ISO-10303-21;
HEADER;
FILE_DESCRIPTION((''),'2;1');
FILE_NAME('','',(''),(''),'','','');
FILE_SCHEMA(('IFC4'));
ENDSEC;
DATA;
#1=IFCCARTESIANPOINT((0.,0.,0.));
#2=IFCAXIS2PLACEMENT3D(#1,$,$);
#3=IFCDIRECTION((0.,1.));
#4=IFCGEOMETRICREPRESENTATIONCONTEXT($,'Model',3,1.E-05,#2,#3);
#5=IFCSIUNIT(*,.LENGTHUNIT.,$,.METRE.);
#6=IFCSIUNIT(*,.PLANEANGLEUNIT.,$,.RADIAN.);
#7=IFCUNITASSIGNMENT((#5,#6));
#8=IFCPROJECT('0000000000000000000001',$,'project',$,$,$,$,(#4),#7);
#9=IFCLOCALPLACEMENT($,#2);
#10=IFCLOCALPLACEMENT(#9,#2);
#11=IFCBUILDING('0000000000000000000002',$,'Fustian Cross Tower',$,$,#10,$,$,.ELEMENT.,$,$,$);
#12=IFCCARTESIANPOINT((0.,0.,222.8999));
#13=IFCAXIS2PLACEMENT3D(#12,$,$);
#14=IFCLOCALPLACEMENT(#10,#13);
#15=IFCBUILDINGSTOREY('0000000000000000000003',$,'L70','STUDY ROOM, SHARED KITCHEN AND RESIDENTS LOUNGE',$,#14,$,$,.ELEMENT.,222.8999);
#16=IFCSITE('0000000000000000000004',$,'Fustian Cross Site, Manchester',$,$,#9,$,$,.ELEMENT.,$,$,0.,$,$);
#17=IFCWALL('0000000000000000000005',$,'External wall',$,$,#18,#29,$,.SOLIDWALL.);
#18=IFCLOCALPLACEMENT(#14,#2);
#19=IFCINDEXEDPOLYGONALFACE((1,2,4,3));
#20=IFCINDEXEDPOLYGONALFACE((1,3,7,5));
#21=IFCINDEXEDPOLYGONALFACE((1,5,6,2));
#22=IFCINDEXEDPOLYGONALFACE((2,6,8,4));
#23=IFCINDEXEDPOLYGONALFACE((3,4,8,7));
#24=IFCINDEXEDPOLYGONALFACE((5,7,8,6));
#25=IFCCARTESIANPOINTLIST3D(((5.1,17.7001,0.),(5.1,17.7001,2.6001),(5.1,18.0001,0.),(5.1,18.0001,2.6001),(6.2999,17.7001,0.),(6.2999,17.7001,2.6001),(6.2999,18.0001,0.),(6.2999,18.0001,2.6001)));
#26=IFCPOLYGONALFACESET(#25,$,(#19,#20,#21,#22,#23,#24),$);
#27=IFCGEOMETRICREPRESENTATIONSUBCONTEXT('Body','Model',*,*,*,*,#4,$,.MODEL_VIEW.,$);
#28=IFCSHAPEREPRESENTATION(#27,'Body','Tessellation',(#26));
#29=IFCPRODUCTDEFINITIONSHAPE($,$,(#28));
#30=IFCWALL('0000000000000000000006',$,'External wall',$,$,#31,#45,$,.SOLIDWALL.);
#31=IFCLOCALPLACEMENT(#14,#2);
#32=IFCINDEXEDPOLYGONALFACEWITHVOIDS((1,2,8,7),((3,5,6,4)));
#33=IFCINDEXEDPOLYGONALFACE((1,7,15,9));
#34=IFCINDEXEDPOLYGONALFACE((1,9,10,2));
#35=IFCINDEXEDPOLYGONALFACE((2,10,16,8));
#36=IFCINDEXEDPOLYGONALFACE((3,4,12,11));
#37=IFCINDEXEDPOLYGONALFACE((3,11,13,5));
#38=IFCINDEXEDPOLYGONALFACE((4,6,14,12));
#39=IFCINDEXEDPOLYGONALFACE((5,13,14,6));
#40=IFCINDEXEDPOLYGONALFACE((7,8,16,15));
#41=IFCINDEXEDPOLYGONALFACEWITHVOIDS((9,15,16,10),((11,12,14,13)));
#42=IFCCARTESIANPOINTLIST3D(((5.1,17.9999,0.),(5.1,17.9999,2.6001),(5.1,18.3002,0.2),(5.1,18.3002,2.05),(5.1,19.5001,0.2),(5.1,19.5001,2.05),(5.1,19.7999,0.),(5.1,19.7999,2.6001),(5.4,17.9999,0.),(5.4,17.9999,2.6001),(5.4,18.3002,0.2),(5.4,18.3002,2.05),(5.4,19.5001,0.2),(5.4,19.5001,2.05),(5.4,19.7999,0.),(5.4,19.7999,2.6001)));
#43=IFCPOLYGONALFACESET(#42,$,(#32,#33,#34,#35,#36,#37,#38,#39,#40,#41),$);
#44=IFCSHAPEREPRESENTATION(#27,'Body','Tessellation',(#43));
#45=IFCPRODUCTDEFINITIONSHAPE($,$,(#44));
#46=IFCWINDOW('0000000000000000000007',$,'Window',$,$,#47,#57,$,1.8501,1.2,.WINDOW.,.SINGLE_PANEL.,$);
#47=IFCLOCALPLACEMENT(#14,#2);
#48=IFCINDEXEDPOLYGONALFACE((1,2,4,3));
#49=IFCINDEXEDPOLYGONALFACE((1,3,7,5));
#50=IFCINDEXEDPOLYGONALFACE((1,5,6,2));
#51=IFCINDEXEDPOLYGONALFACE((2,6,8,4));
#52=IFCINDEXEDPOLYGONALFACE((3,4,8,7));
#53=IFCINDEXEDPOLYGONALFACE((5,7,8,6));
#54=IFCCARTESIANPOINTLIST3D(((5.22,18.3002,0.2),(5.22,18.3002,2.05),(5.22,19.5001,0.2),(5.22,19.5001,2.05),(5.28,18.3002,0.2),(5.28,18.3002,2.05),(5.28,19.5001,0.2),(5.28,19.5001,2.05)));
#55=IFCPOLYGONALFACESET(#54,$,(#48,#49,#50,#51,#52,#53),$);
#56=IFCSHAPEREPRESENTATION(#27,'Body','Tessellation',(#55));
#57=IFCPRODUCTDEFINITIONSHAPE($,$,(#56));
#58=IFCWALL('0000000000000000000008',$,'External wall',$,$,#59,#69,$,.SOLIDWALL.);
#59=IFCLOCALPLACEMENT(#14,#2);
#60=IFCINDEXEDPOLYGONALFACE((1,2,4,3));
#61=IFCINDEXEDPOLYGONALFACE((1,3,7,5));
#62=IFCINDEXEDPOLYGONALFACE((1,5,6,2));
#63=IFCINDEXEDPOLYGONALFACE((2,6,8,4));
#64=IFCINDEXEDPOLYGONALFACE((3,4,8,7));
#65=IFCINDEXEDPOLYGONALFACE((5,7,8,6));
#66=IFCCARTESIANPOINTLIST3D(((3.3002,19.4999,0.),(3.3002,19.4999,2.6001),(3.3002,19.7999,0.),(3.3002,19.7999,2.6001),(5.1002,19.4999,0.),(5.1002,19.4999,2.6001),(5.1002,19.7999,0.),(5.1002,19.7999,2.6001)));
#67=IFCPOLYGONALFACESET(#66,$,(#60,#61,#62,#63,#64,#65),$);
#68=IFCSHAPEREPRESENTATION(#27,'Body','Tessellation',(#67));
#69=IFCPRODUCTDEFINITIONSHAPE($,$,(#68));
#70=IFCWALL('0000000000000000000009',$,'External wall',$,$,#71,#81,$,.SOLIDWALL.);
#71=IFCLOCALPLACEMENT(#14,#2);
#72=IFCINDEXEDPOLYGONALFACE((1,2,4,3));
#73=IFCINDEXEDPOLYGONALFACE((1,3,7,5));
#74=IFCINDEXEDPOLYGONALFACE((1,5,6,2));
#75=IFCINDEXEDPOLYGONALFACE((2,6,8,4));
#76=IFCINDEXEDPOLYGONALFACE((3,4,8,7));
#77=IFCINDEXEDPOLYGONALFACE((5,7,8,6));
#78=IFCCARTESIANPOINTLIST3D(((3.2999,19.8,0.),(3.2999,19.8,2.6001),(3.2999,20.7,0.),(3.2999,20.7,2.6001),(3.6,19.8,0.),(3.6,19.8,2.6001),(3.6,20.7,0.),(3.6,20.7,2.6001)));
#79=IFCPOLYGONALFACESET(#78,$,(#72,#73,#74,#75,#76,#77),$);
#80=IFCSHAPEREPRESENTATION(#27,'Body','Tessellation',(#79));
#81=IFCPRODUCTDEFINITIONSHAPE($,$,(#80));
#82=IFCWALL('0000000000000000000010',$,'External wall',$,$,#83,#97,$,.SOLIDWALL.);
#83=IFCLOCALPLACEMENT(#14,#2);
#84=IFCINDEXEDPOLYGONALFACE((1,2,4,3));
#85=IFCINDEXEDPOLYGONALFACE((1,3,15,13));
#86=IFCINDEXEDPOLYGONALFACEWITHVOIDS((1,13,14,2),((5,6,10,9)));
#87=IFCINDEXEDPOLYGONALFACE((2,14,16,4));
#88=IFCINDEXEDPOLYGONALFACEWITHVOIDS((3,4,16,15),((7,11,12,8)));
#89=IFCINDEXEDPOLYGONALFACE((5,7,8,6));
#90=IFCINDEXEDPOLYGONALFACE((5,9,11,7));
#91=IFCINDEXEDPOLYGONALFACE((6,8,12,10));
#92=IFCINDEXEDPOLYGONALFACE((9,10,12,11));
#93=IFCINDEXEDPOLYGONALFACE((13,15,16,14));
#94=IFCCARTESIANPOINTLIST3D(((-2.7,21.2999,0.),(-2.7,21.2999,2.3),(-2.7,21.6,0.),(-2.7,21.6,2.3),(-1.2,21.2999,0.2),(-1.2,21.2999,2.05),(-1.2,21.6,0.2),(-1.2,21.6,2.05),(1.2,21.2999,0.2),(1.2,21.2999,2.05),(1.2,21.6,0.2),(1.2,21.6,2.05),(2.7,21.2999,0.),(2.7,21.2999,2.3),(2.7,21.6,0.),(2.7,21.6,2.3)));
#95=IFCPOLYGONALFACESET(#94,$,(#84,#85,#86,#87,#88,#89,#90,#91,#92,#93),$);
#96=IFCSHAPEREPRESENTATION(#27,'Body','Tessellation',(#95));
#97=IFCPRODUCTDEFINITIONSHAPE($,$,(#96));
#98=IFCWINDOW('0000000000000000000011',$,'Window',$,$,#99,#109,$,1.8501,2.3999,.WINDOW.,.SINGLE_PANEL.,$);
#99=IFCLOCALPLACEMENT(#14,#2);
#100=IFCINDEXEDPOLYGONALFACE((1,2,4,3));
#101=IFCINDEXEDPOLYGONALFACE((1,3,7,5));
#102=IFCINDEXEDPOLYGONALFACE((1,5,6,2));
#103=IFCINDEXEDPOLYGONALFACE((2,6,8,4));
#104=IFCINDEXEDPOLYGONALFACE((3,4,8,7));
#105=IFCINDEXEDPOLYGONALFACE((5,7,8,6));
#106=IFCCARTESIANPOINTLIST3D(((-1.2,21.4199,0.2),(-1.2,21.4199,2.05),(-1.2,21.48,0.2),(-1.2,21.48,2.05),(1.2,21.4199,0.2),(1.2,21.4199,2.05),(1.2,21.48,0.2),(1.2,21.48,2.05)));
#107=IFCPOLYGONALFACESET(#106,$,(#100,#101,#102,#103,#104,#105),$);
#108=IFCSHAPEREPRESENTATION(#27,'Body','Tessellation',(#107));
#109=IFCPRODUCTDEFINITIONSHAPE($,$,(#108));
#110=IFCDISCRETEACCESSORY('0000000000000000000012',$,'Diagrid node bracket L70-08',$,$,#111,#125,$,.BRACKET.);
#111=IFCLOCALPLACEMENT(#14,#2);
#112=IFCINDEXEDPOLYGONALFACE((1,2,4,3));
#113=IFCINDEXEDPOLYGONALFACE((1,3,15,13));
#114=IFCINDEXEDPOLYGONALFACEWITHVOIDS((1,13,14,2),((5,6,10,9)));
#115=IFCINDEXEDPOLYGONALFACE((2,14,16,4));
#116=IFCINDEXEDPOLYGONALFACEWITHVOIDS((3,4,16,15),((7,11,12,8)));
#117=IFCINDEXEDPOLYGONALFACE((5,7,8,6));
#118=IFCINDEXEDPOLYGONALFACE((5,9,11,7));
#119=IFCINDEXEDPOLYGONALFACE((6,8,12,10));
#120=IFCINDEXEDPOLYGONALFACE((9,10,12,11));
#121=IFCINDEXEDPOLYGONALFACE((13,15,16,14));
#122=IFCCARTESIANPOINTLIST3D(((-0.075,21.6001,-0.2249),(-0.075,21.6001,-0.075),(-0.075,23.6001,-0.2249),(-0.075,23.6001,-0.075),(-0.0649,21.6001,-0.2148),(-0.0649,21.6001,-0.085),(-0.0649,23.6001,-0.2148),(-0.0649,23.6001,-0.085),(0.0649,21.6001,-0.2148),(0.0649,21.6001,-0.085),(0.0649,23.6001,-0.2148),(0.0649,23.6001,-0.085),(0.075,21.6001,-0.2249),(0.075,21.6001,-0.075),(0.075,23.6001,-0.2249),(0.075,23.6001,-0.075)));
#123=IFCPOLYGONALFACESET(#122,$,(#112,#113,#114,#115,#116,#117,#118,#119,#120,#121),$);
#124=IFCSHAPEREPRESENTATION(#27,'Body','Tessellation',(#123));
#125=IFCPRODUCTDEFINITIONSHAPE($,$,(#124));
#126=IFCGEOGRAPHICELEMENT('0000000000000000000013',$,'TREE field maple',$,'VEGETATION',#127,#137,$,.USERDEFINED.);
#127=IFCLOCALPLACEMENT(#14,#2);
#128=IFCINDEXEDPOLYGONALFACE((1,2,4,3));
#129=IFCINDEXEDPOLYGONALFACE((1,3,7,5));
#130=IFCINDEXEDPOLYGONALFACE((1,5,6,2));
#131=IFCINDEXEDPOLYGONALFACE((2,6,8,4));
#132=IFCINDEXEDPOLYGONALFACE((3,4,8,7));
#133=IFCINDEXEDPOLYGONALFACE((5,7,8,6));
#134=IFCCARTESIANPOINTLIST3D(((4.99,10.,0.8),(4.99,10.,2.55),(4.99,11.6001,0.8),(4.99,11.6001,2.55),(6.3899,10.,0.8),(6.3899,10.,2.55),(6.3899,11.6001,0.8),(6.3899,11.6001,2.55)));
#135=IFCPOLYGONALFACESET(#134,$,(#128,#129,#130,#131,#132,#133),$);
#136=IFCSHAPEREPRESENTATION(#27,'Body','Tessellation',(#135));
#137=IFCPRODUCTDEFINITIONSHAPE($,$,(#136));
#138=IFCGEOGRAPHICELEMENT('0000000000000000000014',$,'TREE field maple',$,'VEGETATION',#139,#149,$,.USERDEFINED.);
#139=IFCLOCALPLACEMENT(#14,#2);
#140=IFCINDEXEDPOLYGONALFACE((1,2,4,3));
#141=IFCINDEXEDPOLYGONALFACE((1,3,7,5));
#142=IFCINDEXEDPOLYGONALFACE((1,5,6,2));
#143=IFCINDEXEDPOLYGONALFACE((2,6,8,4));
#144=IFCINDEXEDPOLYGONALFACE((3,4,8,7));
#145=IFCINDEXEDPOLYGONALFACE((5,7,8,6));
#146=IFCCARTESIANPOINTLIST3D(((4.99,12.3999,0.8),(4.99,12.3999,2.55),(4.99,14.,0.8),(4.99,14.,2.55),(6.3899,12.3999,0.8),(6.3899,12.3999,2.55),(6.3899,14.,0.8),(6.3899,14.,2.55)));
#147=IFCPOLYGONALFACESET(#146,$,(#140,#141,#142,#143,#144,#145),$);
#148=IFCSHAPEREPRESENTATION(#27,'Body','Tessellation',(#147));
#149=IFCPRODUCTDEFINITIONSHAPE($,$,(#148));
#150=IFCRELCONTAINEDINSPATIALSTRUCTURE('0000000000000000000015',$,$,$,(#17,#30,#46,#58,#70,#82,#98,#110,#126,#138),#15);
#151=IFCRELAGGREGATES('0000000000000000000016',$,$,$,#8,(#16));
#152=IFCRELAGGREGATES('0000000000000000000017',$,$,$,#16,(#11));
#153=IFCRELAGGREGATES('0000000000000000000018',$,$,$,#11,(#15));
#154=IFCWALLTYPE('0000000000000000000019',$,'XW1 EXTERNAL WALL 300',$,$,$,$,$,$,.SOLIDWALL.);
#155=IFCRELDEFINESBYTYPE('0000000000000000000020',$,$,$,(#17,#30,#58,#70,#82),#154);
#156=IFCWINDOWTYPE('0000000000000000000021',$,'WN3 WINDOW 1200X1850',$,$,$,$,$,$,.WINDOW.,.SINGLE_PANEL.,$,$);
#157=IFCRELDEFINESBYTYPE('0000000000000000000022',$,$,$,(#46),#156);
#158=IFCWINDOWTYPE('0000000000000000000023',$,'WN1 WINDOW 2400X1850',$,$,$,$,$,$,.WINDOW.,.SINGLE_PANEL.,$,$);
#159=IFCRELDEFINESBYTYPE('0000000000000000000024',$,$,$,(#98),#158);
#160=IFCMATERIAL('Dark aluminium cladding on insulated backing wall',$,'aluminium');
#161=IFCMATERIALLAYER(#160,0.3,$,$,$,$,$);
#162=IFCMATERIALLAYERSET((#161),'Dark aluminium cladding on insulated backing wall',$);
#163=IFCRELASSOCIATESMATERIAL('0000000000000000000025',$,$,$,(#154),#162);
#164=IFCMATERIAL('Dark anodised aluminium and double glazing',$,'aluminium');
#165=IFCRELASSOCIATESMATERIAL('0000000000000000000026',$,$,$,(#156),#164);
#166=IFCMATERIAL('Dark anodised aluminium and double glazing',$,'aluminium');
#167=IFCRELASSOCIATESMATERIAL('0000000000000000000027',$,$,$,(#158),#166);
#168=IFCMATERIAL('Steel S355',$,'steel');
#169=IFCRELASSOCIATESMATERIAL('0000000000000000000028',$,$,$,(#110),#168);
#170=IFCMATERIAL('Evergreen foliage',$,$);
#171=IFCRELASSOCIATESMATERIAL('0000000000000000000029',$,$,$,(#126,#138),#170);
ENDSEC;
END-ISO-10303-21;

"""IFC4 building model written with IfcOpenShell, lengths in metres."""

from ifc_helpers import new_model, si_unit, direction, frame, frame_2d, origin, origin_2d, place, context, subcontext, project, spatial, rectangle, hollow_rectangle, extrude, material, layer, layer_set, type_object, element, fill, save


model = new_model("IFC4")

# Units and contexts
model_context = context("Model", 3, precision=1e-05, world=origin(), true_north=direction((0.0, 1.0)))
body_context = subcontext(model_context, "Body", "Model", "MODEL_VIEW")
ifc_project = project(units=[si_unit("LENGTHUNIT", "METRE"), si_unit("PLANEANGLEUNIT", "RADIAN")], contexts=[model_context])

# Site, building, storey
site_placement = place(None, origin())
site = spatial("IfcSite", under=ifc_project, at=site_placement, Name="Fustian Cross Site, Manchester", CompositionType="ELEMENT", RefElevation=0.0)
building_placement = place(site_placement, origin())
building = spatial("IfcBuilding", under=site, at=building_placement, Name="Fustian Cross Tower", CompositionType="ELEMENT")
storey_placement = place(building_placement, frame((0.0, 0.0, 222.8999)))
storey = spatial("IfcBuildingStorey", under=building, at=storey_placement, Name="L70", Description="STUDY ROOM, SHARED KITCHEN AND RESIDENTS LOUNGE", CompositionType="ELEMENT", Elevation=222.8999)

# Shared definitions
ifc_material_1 = material(Name="Dark aluminium cladding on insulated backing wall", Category="aluminium")
ifc_layer_1 = layer(ifc_material_1, 0.3)
ifc_layer_set_1 = layer_set([ifc_layer_1], Name="Dark aluminium cladding on insulated backing wall")
wall_type_1 = type_object("IfcWallType", Name="XW1 EXTERNAL WALL 300", PredefinedType="SOLIDWALL", material=ifc_layer_set_1)

# Shared definitions
ifc_material_2 = material(Name="Dark anodised aluminium and double glazing", Category="aluminium")
window_type_1 = type_object("IfcWindowType", Name="WN3 WINDOW 1200X1850", PartitioningType="SINGLE_PANEL", PredefinedType="WINDOW", material=ifc_material_2)

# Wall
wall_1_placement = place(storey_placement, frame((6.3, 17.8501, 0.0), z_axis=(0.0, 0.0, 1.0), x_axis=(-1.0, 0.0, 0.0)))
element("IfcWall", 1, at=wall_1_placement, inside=storey, type_object=wall_type_1, Name="External wall", PredefinedType="SOLIDWALL", context=body_context, shape_type="SweptSolid", body=[
    extrude(rectangle(XDim=1.2, YDim=0.3, at=frame_2d((0.6001, 0.0))), origin(), (0.0, 0.0, 1.0), 2.6001),
])

# Wall, opening, window
wall_2_placement = place(storey_placement, frame((5.25, 18.0, 0.0), z_axis=(0.0, 0.0, 1.0), x_axis=(0.0, 1.0, 0.0)))
wall_2 = element("IfcWall", 2, at=wall_2_placement, inside=storey, type_object=wall_type_1, Name="External wall", PredefinedType="SOLIDWALL", context=body_context, shape_type="SweptSolid", body=[
    extrude(rectangle(XDim=1.8, YDim=0.3, at=frame_2d((0.8999, 0.0))), origin(), (0.0, 0.0, 1.0), 2.6001),
])
opening_1_placement = place(wall_2_placement, frame((0.3, 0.0, 0.2)))
opening_1 = element("IfcOpeningElement", 3, at=opening_1_placement, cuts=wall_2, PredefinedType="OPENING", context=body_context, shape_type="SweptSolid", body=[
    extrude(rectangle(XDim=1.2, YDim=1.8501, at=frame_2d((0.6001, 0.925))), frame((0.0, 0.1599, 0.0), z_axis=(0.0, -1.0, 0.0), x_axis=(1.0, 0.0, 0.0)), (0.0, 0.0, 1.0), 0.3201),
])
window_1_placement = place(opening_1_placement, origin())
window_1 = element("IfcWindow", 4, at=window_1_placement, inside=storey, type_object=window_type_1, Name="Window", OverallHeight=1.8501, OverallWidth=1.2, PartitioningType="SINGLE_PANEL", PredefinedType="WINDOW", context=body_context, shape_type="SweptSolid", body=[
    extrude(rectangle(XDim=1.2, YDim=1.8501, at=frame_2d((0.6001, 0.925))), frame((0.0, 0.03, 0.0), z_axis=(0.0, -1.0, 0.0), x_axis=(1.0, 0.0, 0.0)), (0.0, 0.0, 1.0), 0.0601),
])
fill(opening_1, window_1)

# Walls
wall_3_placement = place(storey_placement, frame((5.1001, 19.6499, 0.0), z_axis=(0.0, 0.0, 1.0), x_axis=(-1.0, 0.0, 0.0)))
element("IfcWall", 5, at=wall_3_placement, inside=storey, type_object=wall_type_1, Name="External wall", PredefinedType="SOLIDWALL", context=body_context, shape_type="SweptSolid", body=[
    extrude(rectangle(XDim=1.8, YDim=0.3, at=frame_2d((0.8999, 0.0))), origin(), (0.0, 0.0, 1.0), 2.6001),
])
wall_4_placement = place(storey_placement, frame((3.45, 19.8, 0.0), z_axis=(0.0, 0.0, 1.0), x_axis=(0.0, 1.0, 0.0)))
element("IfcWall", 6, at=wall_4_placement, inside=storey, type_object=wall_type_1, Name="External wall", PredefinedType="SOLIDWALL", context=body_context, shape_type="SweptSolid", body=[
    extrude(rectangle(XDim=0.8999, YDim=0.3, at=frame_2d((0.45, 0.0))), origin(), (0.0, 0.0, 1.0), 2.6001),
])

# Wall, opening, window
wall_5_placement = place(storey_placement, frame((2.7, 21.45, 0.0), z_axis=(0.0, 0.0, 1.0), x_axis=(-1.0, 0.0, 0.0)))
wall_5 = element("IfcWall", 7, at=wall_5_placement, inside=storey, type_object=wall_type_1, Name="External wall", PredefinedType="SOLIDWALL", context=body_context, shape_type="SweptSolid", body=[
    extrude(rectangle(XDim=5.3999, YDim=0.3, at=frame_2d((2.7, 0.0))), origin(), (0.0, 0.0, 1.0), 2.3),
])
opening_2_placement = place(wall_5_placement, frame((1.5, 0.0, 0.2)))
opening_2 = element("IfcOpeningElement", 8, at=opening_2_placement, cuts=wall_5, PredefinedType="OPENING", context=body_context, shape_type="SweptSolid", body=[
    extrude(rectangle(XDim=2.3999, YDim=1.8501, at=frame_2d((1.2, 0.925))), frame((0.0, 0.1599, 0.0), z_axis=(0.0, -1.0, 0.0), x_axis=(1.0, 0.0, 0.0)), (0.0, 0.0, 1.0), 0.3201),
])
ifc_material_3 = material(Name="Dark anodised aluminium and double glazing", Category="aluminium")
window_type_2 = type_object("IfcWindowType", Name="WN1 WINDOW 2400X1850", PartitioningType="SINGLE_PANEL", PredefinedType="WINDOW", material=ifc_material_3)
window_2_placement = place(opening_2_placement, origin())
window_2 = element("IfcWindow", 9, at=window_2_placement, inside=storey, type_object=window_type_2, Name="Window", OverallHeight=1.8501, OverallWidth=2.3999, PartitioningType="SINGLE_PANEL", PredefinedType="WINDOW", context=body_context, shape_type="SweptSolid", body=[
    extrude(rectangle(XDim=2.3999, YDim=1.8501, at=frame_2d((1.2, 0.925))), frame((0.0, 0.03, 0.0), z_axis=(0.0, -1.0, 0.0), x_axis=(1.0, 0.0, 0.0)), (0.0, 0.0, 1.0), 0.0601),
])
fill(opening_2, window_2)

# Discrete accessory
ifc_material_4 = material(Name="Steel S355", Category="steel")
discrete_accessory_placement = place(storey_placement, frame((0.0, 23.6001, -0.1499), z_axis=(0.0, -1.0, 0.0), x_axis=(1.0, 0.0, 0.0)))
element("IfcDiscreteAccessory", 10, at=discrete_accessory_placement, inside=storey, material=ifc_material_4, Name="Diagrid node bracket L70-08", PredefinedType="BRACKET", context=body_context, shape_type="SweptSolid", body=[
    extrude(hollow_rectangle(XDim=0.1499, YDim=0.1499, WallThickness=0.01, at=origin_2d()), origin(), (0.0, 0.0, 1.0), 2.0),
])

# Geographic elements
ifc_material_5 = material(Name="Evergreen foliage")
for number, where, z_axis, x_axis, name in (
    (11, (5.6899, 10.8, 0.8), (0.0, 0.0, 1.0), (1.0, 0.0, 0.0), "TREE field maple"),
    (12, (5.6899, 13.2, 0.8), (0.0, 0.0, 1.0), (1.0, 0.0, 0.0), "TREE field maple"),
):
    element("IfcGeographicElement", number, at=place(storey_placement, frame(where, z_axis=z_axis, x_axis=x_axis)), inside=storey, material=ifc_material_5, Name=name, ObjectType="VEGETATION", PredefinedType="USERDEFINED", context=body_context, shape_type="SweptSolid", body=[
        extrude(rectangle(XDim=1.3999, YDim=1.6001, at=origin_2d()), origin(), (0.0, 0.0, 1.0), 1.75),
    ])

save(model, "model.ifc")
